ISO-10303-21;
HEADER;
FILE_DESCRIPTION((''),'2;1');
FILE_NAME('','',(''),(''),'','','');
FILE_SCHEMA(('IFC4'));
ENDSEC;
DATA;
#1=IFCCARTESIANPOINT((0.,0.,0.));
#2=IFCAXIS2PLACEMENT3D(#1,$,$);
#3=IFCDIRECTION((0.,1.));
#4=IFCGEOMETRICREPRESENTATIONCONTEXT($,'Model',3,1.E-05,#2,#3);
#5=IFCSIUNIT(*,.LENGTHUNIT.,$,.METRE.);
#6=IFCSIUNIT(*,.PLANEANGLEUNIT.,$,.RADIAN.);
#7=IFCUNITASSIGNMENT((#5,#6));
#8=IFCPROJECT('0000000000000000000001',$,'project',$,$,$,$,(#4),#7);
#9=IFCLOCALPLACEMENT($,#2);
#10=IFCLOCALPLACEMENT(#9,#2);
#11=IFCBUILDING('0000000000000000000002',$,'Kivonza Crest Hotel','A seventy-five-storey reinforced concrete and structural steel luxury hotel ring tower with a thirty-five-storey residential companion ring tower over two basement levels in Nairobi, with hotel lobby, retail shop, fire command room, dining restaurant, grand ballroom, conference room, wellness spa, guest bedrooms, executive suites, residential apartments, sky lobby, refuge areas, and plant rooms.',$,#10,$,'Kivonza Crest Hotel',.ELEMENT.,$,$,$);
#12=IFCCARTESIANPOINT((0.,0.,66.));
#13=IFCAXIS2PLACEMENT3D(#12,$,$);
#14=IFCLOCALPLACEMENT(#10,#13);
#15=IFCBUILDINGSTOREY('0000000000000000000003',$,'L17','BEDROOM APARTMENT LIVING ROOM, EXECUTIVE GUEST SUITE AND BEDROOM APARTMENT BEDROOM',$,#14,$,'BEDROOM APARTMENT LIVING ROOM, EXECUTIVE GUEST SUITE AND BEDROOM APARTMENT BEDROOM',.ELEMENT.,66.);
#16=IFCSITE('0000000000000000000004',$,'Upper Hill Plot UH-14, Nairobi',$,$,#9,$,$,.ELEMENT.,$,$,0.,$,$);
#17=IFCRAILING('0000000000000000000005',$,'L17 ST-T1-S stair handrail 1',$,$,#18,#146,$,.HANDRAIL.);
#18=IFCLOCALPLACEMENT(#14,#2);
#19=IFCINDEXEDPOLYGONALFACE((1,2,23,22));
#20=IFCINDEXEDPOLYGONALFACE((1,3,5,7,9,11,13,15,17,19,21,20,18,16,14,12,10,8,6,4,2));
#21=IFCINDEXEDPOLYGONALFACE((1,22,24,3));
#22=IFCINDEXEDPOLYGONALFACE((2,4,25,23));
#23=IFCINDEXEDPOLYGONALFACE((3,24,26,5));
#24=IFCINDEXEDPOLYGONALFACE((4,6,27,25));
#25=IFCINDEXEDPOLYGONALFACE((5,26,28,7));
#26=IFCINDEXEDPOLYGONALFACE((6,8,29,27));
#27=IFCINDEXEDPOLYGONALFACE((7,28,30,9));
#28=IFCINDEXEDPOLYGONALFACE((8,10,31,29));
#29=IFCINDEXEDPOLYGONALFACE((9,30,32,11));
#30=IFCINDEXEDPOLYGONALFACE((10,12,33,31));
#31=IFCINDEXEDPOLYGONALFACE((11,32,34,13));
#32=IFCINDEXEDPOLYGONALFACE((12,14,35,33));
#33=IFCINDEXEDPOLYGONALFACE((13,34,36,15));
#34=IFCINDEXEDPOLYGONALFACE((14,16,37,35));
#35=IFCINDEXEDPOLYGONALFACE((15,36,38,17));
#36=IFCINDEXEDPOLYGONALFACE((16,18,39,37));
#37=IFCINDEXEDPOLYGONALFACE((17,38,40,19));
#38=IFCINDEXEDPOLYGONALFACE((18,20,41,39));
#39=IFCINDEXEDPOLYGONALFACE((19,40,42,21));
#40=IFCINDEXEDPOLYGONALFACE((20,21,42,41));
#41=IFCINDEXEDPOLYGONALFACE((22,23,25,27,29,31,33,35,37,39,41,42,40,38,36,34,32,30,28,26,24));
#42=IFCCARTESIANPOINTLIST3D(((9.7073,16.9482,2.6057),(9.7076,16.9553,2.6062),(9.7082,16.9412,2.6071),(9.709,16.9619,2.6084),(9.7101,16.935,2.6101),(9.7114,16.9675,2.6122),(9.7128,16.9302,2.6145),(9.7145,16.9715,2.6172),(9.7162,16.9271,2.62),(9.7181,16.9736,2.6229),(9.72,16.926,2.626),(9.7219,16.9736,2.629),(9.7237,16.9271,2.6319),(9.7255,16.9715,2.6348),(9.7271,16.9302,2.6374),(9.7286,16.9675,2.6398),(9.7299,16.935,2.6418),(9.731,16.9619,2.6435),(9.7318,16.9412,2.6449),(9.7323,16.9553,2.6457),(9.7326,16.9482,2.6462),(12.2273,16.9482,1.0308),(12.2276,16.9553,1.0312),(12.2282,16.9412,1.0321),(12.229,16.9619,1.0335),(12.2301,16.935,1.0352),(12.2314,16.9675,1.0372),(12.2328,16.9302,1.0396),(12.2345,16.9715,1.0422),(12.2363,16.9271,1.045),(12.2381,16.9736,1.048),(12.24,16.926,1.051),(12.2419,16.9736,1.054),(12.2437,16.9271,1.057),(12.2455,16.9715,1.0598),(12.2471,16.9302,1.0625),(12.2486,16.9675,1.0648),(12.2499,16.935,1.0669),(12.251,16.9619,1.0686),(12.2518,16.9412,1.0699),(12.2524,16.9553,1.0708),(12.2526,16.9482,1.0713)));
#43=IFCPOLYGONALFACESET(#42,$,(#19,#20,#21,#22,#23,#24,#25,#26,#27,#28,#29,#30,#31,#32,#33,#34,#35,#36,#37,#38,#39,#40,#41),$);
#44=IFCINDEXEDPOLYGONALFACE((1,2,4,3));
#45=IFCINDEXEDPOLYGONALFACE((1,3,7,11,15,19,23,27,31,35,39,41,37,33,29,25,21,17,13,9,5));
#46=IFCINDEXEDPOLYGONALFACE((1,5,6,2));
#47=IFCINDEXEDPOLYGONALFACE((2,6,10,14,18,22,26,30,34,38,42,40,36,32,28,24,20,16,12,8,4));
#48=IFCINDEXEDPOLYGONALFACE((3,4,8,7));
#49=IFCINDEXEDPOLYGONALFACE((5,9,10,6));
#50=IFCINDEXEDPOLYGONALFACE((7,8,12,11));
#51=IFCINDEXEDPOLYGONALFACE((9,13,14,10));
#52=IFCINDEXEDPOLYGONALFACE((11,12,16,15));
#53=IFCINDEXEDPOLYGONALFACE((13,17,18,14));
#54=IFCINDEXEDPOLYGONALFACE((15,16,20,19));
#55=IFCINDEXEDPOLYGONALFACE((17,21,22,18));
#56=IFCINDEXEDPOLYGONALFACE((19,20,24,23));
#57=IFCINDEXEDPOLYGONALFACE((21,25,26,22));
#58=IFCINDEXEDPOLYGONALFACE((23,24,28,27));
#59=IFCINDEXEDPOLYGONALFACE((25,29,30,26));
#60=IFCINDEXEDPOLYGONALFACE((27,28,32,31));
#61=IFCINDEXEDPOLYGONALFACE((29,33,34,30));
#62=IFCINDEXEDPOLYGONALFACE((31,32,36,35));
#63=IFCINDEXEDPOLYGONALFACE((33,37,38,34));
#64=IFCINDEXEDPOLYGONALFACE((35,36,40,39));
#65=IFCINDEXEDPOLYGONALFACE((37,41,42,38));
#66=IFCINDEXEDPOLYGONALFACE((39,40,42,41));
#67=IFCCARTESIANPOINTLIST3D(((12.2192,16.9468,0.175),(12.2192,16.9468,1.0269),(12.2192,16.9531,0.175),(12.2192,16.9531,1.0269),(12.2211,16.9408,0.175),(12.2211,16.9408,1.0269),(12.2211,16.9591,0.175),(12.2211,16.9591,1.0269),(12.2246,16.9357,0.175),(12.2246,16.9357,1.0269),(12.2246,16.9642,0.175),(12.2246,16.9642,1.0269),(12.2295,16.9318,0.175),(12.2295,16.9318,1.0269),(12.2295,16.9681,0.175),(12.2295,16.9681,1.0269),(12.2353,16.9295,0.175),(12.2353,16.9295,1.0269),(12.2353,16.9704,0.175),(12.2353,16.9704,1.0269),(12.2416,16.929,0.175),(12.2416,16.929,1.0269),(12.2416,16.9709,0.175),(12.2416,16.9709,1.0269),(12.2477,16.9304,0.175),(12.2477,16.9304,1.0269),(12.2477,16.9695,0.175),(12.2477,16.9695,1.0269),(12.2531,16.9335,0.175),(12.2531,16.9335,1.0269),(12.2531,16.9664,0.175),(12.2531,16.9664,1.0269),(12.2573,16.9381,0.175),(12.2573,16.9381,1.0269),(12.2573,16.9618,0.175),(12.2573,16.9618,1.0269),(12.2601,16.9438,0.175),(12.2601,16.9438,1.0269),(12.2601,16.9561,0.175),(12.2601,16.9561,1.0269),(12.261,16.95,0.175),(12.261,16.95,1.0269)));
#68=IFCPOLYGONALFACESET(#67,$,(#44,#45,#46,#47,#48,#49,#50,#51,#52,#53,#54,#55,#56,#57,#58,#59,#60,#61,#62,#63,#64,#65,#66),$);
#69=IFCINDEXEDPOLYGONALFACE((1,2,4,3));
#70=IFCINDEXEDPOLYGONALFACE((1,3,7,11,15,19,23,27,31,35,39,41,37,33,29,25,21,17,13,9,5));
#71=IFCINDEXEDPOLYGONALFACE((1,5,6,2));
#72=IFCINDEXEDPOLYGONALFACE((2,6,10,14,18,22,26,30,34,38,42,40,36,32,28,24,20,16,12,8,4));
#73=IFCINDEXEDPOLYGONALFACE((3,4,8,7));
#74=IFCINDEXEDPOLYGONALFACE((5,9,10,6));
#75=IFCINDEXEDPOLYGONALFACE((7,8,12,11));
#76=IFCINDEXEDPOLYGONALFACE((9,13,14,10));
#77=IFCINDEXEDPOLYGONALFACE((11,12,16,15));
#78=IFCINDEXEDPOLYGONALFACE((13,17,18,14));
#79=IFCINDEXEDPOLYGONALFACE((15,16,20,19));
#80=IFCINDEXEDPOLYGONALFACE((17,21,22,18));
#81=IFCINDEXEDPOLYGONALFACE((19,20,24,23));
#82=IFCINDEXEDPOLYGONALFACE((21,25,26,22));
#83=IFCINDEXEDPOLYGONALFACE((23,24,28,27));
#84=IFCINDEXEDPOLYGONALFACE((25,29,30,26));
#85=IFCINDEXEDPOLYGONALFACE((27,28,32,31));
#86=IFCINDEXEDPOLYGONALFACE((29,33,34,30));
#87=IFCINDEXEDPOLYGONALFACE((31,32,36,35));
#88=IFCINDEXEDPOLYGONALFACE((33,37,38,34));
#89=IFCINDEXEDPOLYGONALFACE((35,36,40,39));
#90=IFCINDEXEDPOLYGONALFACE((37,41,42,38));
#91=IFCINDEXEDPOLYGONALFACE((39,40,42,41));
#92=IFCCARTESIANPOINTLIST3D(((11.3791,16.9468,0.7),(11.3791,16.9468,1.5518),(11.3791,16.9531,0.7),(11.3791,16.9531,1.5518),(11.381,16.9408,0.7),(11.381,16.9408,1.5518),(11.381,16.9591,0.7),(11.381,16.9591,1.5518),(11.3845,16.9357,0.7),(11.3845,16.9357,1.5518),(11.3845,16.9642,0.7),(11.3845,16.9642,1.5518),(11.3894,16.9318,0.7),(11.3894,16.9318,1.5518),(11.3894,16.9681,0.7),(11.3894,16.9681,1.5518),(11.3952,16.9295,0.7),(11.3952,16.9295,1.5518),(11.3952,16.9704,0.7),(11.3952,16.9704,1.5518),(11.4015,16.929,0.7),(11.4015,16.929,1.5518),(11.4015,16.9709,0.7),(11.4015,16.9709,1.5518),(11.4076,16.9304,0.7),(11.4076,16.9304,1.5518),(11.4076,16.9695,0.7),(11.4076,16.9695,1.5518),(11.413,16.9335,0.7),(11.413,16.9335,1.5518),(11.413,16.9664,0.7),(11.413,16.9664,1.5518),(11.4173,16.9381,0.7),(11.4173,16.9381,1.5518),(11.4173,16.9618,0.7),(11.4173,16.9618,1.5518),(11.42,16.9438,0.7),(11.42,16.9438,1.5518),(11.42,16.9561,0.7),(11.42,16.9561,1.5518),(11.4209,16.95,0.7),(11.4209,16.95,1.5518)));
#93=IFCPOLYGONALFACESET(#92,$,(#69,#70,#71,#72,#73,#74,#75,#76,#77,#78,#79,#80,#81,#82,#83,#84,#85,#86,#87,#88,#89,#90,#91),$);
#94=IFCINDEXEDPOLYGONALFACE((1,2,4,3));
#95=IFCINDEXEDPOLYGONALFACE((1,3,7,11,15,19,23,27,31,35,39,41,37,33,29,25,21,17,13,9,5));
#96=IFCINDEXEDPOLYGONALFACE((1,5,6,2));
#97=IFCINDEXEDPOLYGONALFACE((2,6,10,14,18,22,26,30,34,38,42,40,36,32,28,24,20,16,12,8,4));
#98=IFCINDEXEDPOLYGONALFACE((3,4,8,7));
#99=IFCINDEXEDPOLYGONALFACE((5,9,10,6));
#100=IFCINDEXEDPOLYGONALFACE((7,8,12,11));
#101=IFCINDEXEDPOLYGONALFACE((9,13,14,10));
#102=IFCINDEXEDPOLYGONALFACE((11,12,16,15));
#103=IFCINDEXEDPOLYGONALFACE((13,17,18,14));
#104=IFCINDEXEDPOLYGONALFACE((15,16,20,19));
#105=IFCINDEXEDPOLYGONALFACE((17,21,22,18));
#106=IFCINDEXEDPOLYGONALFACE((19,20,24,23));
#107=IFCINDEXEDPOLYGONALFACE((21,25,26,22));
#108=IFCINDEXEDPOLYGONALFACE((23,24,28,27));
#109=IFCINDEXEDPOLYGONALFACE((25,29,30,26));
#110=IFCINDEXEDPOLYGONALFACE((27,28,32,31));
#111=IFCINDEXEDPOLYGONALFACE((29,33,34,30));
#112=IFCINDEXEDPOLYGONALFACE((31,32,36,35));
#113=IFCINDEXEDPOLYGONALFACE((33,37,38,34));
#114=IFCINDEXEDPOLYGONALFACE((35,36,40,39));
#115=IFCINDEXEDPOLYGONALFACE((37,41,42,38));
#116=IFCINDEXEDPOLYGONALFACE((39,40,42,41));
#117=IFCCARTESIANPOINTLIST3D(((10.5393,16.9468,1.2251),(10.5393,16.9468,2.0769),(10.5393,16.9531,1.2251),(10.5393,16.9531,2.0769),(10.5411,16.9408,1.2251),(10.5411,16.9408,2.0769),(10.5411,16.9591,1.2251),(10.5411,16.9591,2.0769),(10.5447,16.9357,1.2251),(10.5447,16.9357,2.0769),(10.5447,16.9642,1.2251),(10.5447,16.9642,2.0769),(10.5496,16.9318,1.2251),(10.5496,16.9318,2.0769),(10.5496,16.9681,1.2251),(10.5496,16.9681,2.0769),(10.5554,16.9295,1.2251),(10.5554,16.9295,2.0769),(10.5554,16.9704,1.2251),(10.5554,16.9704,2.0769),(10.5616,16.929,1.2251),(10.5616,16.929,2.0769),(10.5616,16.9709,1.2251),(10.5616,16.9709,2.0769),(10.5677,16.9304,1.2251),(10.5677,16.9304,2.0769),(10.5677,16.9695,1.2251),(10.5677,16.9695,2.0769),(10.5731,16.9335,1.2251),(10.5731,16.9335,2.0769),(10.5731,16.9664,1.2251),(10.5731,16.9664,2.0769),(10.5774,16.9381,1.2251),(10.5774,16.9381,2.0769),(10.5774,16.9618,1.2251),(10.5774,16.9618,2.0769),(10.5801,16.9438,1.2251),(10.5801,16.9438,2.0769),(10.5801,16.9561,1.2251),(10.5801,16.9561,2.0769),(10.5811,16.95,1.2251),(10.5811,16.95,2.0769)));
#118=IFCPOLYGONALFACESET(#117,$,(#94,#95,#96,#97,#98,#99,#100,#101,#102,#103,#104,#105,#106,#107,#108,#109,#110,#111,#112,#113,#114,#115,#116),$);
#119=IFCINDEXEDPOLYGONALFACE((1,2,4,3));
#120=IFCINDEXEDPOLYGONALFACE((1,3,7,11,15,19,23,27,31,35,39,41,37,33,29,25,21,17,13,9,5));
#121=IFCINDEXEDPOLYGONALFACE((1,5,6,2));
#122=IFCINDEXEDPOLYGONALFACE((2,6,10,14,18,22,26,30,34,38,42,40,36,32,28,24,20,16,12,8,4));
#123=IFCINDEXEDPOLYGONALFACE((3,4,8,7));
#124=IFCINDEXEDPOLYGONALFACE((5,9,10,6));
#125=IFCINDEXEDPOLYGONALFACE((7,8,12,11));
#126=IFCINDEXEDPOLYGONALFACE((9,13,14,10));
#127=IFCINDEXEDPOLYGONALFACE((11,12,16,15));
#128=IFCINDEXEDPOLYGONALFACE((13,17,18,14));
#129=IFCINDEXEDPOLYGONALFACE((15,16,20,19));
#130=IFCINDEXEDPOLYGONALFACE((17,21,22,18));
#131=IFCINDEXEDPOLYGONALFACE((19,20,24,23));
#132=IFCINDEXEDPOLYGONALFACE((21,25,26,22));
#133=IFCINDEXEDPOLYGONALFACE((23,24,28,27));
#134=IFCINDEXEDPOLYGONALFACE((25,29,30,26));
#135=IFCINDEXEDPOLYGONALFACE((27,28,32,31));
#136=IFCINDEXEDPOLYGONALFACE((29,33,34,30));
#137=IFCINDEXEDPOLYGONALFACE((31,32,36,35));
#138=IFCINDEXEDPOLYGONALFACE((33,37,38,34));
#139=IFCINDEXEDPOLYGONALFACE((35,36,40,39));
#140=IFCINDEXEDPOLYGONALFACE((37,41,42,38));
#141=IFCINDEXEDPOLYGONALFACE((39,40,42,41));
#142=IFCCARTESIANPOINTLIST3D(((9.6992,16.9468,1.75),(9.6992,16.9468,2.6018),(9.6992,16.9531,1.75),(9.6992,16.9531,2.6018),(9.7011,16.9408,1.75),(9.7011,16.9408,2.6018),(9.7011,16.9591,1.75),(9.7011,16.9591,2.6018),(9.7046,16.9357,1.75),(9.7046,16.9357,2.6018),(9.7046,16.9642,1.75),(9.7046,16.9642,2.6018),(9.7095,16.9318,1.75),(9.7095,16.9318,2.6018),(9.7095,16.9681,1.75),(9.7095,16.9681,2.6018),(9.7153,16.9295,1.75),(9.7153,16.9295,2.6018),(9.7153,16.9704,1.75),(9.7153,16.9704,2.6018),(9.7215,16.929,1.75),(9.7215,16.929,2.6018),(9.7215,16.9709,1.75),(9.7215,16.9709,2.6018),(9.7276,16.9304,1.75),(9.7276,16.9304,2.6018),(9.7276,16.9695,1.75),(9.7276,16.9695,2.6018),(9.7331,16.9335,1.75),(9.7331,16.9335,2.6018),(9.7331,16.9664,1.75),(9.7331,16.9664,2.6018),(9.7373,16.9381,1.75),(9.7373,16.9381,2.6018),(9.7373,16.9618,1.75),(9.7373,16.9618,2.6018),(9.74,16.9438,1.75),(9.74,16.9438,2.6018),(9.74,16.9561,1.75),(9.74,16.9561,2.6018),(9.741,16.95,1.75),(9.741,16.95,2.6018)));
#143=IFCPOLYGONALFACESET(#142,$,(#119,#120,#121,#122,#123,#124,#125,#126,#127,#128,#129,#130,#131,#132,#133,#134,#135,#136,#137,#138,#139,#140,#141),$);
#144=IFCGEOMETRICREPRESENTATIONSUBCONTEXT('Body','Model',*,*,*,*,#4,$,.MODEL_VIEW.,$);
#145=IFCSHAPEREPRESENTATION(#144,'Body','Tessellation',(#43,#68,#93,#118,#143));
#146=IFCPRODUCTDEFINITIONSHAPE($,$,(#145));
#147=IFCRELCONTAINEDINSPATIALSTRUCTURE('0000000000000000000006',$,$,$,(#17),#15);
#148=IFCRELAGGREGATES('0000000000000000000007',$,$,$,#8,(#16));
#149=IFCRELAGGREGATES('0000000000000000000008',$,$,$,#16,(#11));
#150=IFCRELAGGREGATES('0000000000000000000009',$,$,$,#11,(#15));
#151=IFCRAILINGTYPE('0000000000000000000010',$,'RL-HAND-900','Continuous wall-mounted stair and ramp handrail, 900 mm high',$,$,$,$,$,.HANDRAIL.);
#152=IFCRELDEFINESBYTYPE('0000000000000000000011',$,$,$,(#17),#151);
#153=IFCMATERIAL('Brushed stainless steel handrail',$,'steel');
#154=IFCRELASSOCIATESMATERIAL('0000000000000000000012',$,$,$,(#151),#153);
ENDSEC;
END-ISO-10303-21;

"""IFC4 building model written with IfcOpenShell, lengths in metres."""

from ifc_helpers import new_model, si_unit, direction, frame, origin, origin_2d, place, context, subcontext, project, spatial, circle, extrude, material, type_object, element, save


model = new_model("IFC4")

# Units and contexts
model_context = context("Model", 3, precision=1e-05, world=origin(), true_north=direction((0.0, 1.0)))
body_context = subcontext(model_context, "Body", "Model", "MODEL_VIEW")
ifc_project = project(units=[si_unit("LENGTHUNIT", "METRE"), si_unit("PLANEANGLEUNIT", "RADIAN")], contexts=[model_context])

# Site, building, storey
site_placement = place(None, origin())
site = spatial("IfcSite", under=ifc_project, at=site_placement, Name="Upper Hill Plot UH-14, Nairobi", CompositionType="ELEMENT", RefElevation=0.0)
building_placement = place(site_placement, origin())
building = spatial("IfcBuilding", under=site, at=building_placement, Name="Kivonza Crest Hotel", Description="A seventy-five-storey reinforced concrete and structural steel luxury hotel ring tower with a thirty-five-storey residential companion ring tower over two basement levels in Nairobi, with hotel lobby, retail shop, fire command room, dining restaurant, grand ballroom, conference room, wellness spa, guest bedrooms, executive suites, residential apartments, sky lobby, refuge areas, and plant rooms.", LongName="Kivonza Crest Hotel", CompositionType="ELEMENT")
storey_placement = place(building_placement, frame((0.0, 0.0, 66.0)))
storey = spatial("IfcBuildingStorey", under=building, at=storey_placement, Name="L17", Description="BEDROOM APARTMENT LIVING ROOM, EXECUTIVE GUEST SUITE AND BEDROOM APARTMENT BEDROOM", LongName="BEDROOM APARTMENT LIVING ROOM, EXECUTIVE GUEST SUITE AND BEDROOM APARTMENT BEDROOM", CompositionType="ELEMENT", Elevation=66.0)

# Railing
ifc_material_1 = material(Name="Brushed stainless steel handrail", Category="steel")
railing_type_1 = type_object("IfcRailingType", Name="RL-HAND-900", Description="Continuous wall-mounted stair and ramp handrail, 900 mm high", PredefinedType="HANDRAIL", material=ifc_material_1)
railing_1_placement = place(storey_placement, frame((12.24, 16.95, 0.175)))
element("IfcRailing", 1, at=railing_1_placement, inside=storey, type_object=railing_type_1, Name="L17 ST-T1-S stair handrail 1", PredefinedType="HANDRAIL", context=body_context, shape_type="SweptSolid", body=[
    extrude(circle(Radius=0.0239, at=origin_2d()), frame((0.0, 0.0, 0.876), z_axis=(-0.848008, 0.0, 0.529984), x_axis=(0.0, -1.0, 0.0)), (0.0, 0.0, 1.0), 2.9717),
    extrude(circle(Radius=0.021, at=origin_2d()), origin(), (0.0, 0.0, 1.0), 0.8518),
    extrude(circle(Radius=0.021, at=origin_2d()), frame((-0.8401, 0.0, 0.5249)), (0.0, 0.0, 1.0), 0.8518),
    extrude(circle(Radius=0.021, at=origin_2d()), frame((-1.6799, 0.0, 1.05)), (0.0, 0.0, 1.0), 0.8518),
    extrude(circle(Radius=0.021, at=origin_2d()), frame((-2.52, 0.0, 1.575)), (0.0, 0.0, 1.0), 0.8518),
])

save(model, "model.ifc")
